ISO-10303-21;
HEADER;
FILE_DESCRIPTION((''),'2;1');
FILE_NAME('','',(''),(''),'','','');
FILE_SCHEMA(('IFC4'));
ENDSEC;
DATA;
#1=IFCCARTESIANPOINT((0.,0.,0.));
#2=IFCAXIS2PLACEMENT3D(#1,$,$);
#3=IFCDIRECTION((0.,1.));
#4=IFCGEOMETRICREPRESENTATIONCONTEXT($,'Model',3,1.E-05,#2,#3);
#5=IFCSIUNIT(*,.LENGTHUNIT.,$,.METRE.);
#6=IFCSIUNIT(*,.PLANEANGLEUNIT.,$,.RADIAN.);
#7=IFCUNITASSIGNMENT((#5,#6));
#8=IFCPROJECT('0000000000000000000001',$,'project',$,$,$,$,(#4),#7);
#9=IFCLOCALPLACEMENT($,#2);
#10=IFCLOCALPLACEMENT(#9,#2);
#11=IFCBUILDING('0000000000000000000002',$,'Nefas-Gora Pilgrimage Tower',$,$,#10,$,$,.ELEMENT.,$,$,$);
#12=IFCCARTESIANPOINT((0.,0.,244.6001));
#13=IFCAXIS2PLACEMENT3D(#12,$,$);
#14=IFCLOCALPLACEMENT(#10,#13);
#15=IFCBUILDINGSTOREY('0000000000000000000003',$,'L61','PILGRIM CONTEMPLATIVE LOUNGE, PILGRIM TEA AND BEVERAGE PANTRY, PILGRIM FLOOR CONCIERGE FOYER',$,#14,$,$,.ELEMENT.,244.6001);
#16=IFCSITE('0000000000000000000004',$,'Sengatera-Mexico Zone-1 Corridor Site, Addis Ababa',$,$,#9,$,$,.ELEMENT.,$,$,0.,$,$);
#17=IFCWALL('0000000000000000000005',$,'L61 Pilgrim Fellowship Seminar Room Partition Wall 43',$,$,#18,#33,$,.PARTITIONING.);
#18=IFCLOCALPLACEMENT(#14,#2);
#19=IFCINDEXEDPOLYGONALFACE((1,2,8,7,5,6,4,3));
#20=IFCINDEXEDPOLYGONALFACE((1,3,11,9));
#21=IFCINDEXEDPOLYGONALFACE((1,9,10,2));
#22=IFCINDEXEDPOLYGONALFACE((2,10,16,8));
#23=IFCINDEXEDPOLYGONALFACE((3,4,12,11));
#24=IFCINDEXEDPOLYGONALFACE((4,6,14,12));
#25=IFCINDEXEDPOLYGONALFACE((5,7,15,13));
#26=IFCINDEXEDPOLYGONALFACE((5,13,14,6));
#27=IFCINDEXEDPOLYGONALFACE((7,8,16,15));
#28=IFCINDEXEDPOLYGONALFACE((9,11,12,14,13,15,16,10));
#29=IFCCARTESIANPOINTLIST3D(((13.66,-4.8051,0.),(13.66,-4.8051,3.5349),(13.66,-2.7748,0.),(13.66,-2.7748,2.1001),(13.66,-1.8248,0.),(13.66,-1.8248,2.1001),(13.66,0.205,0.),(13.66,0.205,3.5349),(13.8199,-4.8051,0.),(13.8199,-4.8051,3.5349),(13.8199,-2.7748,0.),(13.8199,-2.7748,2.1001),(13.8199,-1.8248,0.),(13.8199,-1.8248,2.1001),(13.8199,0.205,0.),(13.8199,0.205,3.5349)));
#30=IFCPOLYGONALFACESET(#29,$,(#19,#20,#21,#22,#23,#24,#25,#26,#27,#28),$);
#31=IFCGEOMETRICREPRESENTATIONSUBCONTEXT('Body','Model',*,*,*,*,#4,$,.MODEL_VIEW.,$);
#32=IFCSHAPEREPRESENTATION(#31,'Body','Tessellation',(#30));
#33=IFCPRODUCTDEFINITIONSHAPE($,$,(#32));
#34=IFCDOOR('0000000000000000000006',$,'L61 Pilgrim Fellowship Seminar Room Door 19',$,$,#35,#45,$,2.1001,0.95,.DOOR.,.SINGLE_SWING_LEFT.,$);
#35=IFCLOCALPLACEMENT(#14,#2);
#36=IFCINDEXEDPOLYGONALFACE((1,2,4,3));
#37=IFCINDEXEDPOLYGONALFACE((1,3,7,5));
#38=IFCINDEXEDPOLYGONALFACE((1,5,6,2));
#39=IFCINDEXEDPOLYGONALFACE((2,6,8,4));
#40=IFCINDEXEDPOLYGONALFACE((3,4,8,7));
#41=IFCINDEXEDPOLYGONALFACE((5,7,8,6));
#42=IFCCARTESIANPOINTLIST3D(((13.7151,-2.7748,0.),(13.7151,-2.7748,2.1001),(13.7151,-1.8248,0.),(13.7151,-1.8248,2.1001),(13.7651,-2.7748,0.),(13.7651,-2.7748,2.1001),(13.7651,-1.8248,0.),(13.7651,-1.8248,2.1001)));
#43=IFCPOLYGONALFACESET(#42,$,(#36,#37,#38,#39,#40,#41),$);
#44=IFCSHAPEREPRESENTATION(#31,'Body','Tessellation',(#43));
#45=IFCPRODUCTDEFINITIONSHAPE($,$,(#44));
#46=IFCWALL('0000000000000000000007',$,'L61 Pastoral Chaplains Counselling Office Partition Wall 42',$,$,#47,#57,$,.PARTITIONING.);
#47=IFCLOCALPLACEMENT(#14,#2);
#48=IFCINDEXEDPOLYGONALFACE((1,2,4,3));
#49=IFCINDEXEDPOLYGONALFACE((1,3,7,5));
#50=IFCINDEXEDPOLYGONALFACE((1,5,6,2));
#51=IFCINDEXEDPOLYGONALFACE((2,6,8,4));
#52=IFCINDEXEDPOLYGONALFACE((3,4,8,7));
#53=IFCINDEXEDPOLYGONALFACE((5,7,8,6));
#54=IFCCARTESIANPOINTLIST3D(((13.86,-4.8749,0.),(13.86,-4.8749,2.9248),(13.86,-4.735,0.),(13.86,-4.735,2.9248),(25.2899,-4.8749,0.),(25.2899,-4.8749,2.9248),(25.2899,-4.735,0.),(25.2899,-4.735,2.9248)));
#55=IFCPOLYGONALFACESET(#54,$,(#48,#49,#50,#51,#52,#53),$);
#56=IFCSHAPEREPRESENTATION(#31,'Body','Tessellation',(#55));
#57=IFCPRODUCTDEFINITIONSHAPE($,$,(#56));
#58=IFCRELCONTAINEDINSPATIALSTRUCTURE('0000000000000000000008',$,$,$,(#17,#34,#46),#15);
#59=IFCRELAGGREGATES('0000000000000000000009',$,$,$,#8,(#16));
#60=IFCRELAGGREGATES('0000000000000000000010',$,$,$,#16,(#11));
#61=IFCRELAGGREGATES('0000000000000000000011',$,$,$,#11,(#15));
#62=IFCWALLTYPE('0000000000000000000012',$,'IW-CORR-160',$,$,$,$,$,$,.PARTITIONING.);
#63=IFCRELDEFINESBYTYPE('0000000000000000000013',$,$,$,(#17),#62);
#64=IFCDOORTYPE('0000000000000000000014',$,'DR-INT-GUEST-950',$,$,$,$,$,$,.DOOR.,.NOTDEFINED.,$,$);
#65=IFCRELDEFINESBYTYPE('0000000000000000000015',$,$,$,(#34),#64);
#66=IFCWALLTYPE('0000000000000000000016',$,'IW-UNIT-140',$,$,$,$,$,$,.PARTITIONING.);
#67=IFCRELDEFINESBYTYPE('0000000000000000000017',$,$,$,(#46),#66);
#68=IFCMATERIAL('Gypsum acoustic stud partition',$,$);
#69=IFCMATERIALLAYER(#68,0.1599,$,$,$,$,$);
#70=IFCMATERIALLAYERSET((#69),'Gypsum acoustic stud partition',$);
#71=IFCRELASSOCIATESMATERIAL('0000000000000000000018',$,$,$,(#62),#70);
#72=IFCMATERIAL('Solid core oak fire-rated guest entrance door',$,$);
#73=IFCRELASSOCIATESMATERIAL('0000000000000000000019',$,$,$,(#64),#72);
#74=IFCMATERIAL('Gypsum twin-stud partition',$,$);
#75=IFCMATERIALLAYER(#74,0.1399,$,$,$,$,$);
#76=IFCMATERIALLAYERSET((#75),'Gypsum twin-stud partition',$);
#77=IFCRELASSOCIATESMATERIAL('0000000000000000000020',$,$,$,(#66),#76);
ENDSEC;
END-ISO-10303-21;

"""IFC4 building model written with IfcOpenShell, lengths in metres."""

from ifc_helpers import new_model, si_unit, direction, frame, frame_2d, origin, place, context, subcontext, project, spatial, rectangle, extrude, source, transform, mapped, material, layer, layer_set, type_object, element, fill, save


model = new_model("IFC4")

# Units and contexts
model_context = context("Model", 3, precision=1e-05, world=origin(), true_north=direction((0.0, 1.0)))
body_context = subcontext(model_context, "Body", "Model", "MODEL_VIEW")
ifc_project = project(units=[si_unit("LENGTHUNIT", "METRE"), si_unit("PLANEANGLEUNIT", "RADIAN")], contexts=[model_context])

# Site, building, storey
site_placement = place(None, origin())
site = spatial("IfcSite", under=ifc_project, at=site_placement, Name="Sengatera-Mexico Zone-1 Corridor Site, Addis Ababa", CompositionType="ELEMENT", RefElevation=0.0)
building_placement = place(site_placement, origin())
building = spatial("IfcBuilding", under=site, at=building_placement, Name="Nefas-Gora Pilgrimage Tower", CompositionType="ELEMENT")
storey_placement = place(building_placement, frame((0.0, 0.0, 244.6001)))
storey = spatial("IfcBuildingStorey", under=building, at=storey_placement, Name="L61", Description="PILGRIM CONTEMPLATIVE LOUNGE, PILGRIM TEA AND BEVERAGE PANTRY, PILGRIM FLOOR CONCIERGE FOYER", CompositionType="ELEMENT", Elevation=244.6001)

# Shared definitions
ifc_material_1 = material(Name="Gypsum acoustic stud partition")
ifc_layer_1 = layer(ifc_material_1, 0.1599)
ifc_layer_set_1 = layer_set([ifc_layer_1], Name="Gypsum acoustic stud partition")
wall_type_1 = type_object("IfcWallType", Name="IW-CORR-160", PredefinedType="PARTITIONING", material=ifc_layer_set_1)
ifc_material_2 = material(Name="Solid core oak fire-rated guest entrance door")
door_type_1 = type_object("IfcDoorType", Name="DR-INT-GUEST-950", OperationType="NOTDEFINED", PredefinedType="DOOR", material=ifc_material_2)
shared_shape_1 = source(origin(), body_context, "Body", "SweptSolid", [
    extrude(rectangle(XDim=0.95, YDim=2.1001, at=frame_2d((0.4751, 1.05))), frame((0.0, 0.0249, 0.0), z_axis=(0.0, -1.0, 0.0), x_axis=(1.0, 0.0, 0.0)), (0.0, 0.0, 1.0), 0.05),
])

# Shared definitions
ifc_material_3 = material(Name="Gypsum twin-stud partition")
ifc_layer_2 = layer(ifc_material_3, 0.1399)
ifc_layer_set_2 = layer_set([ifc_layer_2], Name="Gypsum twin-stud partition")
wall_type_2 = type_object("IfcWallType", Name="IW-UNIT-140", PredefinedType="PARTITIONING", material=ifc_layer_set_2)

# Wall, opening, door
shared_shape_2 = source(origin(), body_context, "Body", "SweptSolid", [
    extrude(rectangle(XDim=5.01, YDim=0.1599, at=frame_2d((2.5049, 0.0))), origin(), (0.0, 0.0, 1.0), 3.5349),
])
wall_1_placement = place(storey_placement, frame((13.74, -4.8049, 0.0), z_axis=(0.0, 0.0, 1.0), x_axis=(0.0, 1.0, 0.0)))
wall_1 = element("IfcWall", 1, at=wall_1_placement, inside=storey, type_object=wall_type_1, Name="L61 Pilgrim Fellowship Seminar Room Partition Wall 43", PredefinedType="PARTITIONING", context=body_context, shape_type="MappedRepresentation", body=[
    mapped(shared_shape_2, transform((0.0, 0.0, 0.0), x_axis=(1.0, 0.0, 0.0), y_axis=(0.0, 1.0, 0.0), z_axis=(0.0, 0.0, 1.0), scale=1.0)),
])
opening_1_placement = place(wall_1_placement, frame((2.03, 0.0, 0.0)))
opening_1 = element("IfcOpeningElement", 2, at=opening_1_placement, cuts=wall_1, PredefinedType="OPENING", context=body_context, shape_type="SweptSolid", body=[
    extrude(rectangle(XDim=0.95, YDim=2.1001, at=frame_2d((0.4751, 1.05))), frame((0.0, 0.0898, 0.0), z_axis=(0.0, -1.0, 0.0), x_axis=(1.0, 0.0, 0.0)), (0.0, 0.0, 1.0), 0.1799),
])
door_1_placement = place(opening_1_placement, origin())
door_1 = element("IfcDoor", 3, at=door_1_placement, inside=storey, type_object=door_type_1, Name="L61 Pilgrim Fellowship Seminar Room Door 19", OperationType="SINGLE_SWING_LEFT", OverallHeight=2.1001, OverallWidth=0.95, PredefinedType="DOOR", context=body_context, shape_type="MappedRepresentation", body=[
    mapped(shared_shape_1, transform((0.0, 0.0, 0.0), x_axis=(1.0, 0.0, 0.0), y_axis=(0.0, 1.0, 0.0), z_axis=(0.0, 0.0, 1.0), scale=1.0)),
])
fill(opening_1, door_1)

# Wall
shared_shape_3 = source(origin(), body_context, "Body", "SweptSolid", [
    extrude(rectangle(XDim=11.4299, YDim=0.1399, at=frame_2d((5.7148, 0.0))), origin(), (0.0, 0.0, 1.0), 2.9248),
])
wall_2_placement = place(storey_placement, frame((13.8601, -4.8049, 0.0), z_axis=(0.0, 0.0, 1.0), x_axis=(1.0, 0.0, 0.0)))
element("IfcWall", 4, at=wall_2_placement, inside=storey, type_object=wall_type_2, Name="L61 Pastoral Chaplains Counselling Office Partition Wall 42", PredefinedType="PARTITIONING", context=body_context, shape_type="MappedRepresentation", body=[
    mapped(shared_shape_3, transform((0.0, 0.0, 0.0), x_axis=(1.0, 0.0, 0.0), y_axis=(0.0, 1.0, 0.0), z_axis=(0.0, 0.0, 1.0), scale=1.0)),
])

save(model, "model.ifc")
